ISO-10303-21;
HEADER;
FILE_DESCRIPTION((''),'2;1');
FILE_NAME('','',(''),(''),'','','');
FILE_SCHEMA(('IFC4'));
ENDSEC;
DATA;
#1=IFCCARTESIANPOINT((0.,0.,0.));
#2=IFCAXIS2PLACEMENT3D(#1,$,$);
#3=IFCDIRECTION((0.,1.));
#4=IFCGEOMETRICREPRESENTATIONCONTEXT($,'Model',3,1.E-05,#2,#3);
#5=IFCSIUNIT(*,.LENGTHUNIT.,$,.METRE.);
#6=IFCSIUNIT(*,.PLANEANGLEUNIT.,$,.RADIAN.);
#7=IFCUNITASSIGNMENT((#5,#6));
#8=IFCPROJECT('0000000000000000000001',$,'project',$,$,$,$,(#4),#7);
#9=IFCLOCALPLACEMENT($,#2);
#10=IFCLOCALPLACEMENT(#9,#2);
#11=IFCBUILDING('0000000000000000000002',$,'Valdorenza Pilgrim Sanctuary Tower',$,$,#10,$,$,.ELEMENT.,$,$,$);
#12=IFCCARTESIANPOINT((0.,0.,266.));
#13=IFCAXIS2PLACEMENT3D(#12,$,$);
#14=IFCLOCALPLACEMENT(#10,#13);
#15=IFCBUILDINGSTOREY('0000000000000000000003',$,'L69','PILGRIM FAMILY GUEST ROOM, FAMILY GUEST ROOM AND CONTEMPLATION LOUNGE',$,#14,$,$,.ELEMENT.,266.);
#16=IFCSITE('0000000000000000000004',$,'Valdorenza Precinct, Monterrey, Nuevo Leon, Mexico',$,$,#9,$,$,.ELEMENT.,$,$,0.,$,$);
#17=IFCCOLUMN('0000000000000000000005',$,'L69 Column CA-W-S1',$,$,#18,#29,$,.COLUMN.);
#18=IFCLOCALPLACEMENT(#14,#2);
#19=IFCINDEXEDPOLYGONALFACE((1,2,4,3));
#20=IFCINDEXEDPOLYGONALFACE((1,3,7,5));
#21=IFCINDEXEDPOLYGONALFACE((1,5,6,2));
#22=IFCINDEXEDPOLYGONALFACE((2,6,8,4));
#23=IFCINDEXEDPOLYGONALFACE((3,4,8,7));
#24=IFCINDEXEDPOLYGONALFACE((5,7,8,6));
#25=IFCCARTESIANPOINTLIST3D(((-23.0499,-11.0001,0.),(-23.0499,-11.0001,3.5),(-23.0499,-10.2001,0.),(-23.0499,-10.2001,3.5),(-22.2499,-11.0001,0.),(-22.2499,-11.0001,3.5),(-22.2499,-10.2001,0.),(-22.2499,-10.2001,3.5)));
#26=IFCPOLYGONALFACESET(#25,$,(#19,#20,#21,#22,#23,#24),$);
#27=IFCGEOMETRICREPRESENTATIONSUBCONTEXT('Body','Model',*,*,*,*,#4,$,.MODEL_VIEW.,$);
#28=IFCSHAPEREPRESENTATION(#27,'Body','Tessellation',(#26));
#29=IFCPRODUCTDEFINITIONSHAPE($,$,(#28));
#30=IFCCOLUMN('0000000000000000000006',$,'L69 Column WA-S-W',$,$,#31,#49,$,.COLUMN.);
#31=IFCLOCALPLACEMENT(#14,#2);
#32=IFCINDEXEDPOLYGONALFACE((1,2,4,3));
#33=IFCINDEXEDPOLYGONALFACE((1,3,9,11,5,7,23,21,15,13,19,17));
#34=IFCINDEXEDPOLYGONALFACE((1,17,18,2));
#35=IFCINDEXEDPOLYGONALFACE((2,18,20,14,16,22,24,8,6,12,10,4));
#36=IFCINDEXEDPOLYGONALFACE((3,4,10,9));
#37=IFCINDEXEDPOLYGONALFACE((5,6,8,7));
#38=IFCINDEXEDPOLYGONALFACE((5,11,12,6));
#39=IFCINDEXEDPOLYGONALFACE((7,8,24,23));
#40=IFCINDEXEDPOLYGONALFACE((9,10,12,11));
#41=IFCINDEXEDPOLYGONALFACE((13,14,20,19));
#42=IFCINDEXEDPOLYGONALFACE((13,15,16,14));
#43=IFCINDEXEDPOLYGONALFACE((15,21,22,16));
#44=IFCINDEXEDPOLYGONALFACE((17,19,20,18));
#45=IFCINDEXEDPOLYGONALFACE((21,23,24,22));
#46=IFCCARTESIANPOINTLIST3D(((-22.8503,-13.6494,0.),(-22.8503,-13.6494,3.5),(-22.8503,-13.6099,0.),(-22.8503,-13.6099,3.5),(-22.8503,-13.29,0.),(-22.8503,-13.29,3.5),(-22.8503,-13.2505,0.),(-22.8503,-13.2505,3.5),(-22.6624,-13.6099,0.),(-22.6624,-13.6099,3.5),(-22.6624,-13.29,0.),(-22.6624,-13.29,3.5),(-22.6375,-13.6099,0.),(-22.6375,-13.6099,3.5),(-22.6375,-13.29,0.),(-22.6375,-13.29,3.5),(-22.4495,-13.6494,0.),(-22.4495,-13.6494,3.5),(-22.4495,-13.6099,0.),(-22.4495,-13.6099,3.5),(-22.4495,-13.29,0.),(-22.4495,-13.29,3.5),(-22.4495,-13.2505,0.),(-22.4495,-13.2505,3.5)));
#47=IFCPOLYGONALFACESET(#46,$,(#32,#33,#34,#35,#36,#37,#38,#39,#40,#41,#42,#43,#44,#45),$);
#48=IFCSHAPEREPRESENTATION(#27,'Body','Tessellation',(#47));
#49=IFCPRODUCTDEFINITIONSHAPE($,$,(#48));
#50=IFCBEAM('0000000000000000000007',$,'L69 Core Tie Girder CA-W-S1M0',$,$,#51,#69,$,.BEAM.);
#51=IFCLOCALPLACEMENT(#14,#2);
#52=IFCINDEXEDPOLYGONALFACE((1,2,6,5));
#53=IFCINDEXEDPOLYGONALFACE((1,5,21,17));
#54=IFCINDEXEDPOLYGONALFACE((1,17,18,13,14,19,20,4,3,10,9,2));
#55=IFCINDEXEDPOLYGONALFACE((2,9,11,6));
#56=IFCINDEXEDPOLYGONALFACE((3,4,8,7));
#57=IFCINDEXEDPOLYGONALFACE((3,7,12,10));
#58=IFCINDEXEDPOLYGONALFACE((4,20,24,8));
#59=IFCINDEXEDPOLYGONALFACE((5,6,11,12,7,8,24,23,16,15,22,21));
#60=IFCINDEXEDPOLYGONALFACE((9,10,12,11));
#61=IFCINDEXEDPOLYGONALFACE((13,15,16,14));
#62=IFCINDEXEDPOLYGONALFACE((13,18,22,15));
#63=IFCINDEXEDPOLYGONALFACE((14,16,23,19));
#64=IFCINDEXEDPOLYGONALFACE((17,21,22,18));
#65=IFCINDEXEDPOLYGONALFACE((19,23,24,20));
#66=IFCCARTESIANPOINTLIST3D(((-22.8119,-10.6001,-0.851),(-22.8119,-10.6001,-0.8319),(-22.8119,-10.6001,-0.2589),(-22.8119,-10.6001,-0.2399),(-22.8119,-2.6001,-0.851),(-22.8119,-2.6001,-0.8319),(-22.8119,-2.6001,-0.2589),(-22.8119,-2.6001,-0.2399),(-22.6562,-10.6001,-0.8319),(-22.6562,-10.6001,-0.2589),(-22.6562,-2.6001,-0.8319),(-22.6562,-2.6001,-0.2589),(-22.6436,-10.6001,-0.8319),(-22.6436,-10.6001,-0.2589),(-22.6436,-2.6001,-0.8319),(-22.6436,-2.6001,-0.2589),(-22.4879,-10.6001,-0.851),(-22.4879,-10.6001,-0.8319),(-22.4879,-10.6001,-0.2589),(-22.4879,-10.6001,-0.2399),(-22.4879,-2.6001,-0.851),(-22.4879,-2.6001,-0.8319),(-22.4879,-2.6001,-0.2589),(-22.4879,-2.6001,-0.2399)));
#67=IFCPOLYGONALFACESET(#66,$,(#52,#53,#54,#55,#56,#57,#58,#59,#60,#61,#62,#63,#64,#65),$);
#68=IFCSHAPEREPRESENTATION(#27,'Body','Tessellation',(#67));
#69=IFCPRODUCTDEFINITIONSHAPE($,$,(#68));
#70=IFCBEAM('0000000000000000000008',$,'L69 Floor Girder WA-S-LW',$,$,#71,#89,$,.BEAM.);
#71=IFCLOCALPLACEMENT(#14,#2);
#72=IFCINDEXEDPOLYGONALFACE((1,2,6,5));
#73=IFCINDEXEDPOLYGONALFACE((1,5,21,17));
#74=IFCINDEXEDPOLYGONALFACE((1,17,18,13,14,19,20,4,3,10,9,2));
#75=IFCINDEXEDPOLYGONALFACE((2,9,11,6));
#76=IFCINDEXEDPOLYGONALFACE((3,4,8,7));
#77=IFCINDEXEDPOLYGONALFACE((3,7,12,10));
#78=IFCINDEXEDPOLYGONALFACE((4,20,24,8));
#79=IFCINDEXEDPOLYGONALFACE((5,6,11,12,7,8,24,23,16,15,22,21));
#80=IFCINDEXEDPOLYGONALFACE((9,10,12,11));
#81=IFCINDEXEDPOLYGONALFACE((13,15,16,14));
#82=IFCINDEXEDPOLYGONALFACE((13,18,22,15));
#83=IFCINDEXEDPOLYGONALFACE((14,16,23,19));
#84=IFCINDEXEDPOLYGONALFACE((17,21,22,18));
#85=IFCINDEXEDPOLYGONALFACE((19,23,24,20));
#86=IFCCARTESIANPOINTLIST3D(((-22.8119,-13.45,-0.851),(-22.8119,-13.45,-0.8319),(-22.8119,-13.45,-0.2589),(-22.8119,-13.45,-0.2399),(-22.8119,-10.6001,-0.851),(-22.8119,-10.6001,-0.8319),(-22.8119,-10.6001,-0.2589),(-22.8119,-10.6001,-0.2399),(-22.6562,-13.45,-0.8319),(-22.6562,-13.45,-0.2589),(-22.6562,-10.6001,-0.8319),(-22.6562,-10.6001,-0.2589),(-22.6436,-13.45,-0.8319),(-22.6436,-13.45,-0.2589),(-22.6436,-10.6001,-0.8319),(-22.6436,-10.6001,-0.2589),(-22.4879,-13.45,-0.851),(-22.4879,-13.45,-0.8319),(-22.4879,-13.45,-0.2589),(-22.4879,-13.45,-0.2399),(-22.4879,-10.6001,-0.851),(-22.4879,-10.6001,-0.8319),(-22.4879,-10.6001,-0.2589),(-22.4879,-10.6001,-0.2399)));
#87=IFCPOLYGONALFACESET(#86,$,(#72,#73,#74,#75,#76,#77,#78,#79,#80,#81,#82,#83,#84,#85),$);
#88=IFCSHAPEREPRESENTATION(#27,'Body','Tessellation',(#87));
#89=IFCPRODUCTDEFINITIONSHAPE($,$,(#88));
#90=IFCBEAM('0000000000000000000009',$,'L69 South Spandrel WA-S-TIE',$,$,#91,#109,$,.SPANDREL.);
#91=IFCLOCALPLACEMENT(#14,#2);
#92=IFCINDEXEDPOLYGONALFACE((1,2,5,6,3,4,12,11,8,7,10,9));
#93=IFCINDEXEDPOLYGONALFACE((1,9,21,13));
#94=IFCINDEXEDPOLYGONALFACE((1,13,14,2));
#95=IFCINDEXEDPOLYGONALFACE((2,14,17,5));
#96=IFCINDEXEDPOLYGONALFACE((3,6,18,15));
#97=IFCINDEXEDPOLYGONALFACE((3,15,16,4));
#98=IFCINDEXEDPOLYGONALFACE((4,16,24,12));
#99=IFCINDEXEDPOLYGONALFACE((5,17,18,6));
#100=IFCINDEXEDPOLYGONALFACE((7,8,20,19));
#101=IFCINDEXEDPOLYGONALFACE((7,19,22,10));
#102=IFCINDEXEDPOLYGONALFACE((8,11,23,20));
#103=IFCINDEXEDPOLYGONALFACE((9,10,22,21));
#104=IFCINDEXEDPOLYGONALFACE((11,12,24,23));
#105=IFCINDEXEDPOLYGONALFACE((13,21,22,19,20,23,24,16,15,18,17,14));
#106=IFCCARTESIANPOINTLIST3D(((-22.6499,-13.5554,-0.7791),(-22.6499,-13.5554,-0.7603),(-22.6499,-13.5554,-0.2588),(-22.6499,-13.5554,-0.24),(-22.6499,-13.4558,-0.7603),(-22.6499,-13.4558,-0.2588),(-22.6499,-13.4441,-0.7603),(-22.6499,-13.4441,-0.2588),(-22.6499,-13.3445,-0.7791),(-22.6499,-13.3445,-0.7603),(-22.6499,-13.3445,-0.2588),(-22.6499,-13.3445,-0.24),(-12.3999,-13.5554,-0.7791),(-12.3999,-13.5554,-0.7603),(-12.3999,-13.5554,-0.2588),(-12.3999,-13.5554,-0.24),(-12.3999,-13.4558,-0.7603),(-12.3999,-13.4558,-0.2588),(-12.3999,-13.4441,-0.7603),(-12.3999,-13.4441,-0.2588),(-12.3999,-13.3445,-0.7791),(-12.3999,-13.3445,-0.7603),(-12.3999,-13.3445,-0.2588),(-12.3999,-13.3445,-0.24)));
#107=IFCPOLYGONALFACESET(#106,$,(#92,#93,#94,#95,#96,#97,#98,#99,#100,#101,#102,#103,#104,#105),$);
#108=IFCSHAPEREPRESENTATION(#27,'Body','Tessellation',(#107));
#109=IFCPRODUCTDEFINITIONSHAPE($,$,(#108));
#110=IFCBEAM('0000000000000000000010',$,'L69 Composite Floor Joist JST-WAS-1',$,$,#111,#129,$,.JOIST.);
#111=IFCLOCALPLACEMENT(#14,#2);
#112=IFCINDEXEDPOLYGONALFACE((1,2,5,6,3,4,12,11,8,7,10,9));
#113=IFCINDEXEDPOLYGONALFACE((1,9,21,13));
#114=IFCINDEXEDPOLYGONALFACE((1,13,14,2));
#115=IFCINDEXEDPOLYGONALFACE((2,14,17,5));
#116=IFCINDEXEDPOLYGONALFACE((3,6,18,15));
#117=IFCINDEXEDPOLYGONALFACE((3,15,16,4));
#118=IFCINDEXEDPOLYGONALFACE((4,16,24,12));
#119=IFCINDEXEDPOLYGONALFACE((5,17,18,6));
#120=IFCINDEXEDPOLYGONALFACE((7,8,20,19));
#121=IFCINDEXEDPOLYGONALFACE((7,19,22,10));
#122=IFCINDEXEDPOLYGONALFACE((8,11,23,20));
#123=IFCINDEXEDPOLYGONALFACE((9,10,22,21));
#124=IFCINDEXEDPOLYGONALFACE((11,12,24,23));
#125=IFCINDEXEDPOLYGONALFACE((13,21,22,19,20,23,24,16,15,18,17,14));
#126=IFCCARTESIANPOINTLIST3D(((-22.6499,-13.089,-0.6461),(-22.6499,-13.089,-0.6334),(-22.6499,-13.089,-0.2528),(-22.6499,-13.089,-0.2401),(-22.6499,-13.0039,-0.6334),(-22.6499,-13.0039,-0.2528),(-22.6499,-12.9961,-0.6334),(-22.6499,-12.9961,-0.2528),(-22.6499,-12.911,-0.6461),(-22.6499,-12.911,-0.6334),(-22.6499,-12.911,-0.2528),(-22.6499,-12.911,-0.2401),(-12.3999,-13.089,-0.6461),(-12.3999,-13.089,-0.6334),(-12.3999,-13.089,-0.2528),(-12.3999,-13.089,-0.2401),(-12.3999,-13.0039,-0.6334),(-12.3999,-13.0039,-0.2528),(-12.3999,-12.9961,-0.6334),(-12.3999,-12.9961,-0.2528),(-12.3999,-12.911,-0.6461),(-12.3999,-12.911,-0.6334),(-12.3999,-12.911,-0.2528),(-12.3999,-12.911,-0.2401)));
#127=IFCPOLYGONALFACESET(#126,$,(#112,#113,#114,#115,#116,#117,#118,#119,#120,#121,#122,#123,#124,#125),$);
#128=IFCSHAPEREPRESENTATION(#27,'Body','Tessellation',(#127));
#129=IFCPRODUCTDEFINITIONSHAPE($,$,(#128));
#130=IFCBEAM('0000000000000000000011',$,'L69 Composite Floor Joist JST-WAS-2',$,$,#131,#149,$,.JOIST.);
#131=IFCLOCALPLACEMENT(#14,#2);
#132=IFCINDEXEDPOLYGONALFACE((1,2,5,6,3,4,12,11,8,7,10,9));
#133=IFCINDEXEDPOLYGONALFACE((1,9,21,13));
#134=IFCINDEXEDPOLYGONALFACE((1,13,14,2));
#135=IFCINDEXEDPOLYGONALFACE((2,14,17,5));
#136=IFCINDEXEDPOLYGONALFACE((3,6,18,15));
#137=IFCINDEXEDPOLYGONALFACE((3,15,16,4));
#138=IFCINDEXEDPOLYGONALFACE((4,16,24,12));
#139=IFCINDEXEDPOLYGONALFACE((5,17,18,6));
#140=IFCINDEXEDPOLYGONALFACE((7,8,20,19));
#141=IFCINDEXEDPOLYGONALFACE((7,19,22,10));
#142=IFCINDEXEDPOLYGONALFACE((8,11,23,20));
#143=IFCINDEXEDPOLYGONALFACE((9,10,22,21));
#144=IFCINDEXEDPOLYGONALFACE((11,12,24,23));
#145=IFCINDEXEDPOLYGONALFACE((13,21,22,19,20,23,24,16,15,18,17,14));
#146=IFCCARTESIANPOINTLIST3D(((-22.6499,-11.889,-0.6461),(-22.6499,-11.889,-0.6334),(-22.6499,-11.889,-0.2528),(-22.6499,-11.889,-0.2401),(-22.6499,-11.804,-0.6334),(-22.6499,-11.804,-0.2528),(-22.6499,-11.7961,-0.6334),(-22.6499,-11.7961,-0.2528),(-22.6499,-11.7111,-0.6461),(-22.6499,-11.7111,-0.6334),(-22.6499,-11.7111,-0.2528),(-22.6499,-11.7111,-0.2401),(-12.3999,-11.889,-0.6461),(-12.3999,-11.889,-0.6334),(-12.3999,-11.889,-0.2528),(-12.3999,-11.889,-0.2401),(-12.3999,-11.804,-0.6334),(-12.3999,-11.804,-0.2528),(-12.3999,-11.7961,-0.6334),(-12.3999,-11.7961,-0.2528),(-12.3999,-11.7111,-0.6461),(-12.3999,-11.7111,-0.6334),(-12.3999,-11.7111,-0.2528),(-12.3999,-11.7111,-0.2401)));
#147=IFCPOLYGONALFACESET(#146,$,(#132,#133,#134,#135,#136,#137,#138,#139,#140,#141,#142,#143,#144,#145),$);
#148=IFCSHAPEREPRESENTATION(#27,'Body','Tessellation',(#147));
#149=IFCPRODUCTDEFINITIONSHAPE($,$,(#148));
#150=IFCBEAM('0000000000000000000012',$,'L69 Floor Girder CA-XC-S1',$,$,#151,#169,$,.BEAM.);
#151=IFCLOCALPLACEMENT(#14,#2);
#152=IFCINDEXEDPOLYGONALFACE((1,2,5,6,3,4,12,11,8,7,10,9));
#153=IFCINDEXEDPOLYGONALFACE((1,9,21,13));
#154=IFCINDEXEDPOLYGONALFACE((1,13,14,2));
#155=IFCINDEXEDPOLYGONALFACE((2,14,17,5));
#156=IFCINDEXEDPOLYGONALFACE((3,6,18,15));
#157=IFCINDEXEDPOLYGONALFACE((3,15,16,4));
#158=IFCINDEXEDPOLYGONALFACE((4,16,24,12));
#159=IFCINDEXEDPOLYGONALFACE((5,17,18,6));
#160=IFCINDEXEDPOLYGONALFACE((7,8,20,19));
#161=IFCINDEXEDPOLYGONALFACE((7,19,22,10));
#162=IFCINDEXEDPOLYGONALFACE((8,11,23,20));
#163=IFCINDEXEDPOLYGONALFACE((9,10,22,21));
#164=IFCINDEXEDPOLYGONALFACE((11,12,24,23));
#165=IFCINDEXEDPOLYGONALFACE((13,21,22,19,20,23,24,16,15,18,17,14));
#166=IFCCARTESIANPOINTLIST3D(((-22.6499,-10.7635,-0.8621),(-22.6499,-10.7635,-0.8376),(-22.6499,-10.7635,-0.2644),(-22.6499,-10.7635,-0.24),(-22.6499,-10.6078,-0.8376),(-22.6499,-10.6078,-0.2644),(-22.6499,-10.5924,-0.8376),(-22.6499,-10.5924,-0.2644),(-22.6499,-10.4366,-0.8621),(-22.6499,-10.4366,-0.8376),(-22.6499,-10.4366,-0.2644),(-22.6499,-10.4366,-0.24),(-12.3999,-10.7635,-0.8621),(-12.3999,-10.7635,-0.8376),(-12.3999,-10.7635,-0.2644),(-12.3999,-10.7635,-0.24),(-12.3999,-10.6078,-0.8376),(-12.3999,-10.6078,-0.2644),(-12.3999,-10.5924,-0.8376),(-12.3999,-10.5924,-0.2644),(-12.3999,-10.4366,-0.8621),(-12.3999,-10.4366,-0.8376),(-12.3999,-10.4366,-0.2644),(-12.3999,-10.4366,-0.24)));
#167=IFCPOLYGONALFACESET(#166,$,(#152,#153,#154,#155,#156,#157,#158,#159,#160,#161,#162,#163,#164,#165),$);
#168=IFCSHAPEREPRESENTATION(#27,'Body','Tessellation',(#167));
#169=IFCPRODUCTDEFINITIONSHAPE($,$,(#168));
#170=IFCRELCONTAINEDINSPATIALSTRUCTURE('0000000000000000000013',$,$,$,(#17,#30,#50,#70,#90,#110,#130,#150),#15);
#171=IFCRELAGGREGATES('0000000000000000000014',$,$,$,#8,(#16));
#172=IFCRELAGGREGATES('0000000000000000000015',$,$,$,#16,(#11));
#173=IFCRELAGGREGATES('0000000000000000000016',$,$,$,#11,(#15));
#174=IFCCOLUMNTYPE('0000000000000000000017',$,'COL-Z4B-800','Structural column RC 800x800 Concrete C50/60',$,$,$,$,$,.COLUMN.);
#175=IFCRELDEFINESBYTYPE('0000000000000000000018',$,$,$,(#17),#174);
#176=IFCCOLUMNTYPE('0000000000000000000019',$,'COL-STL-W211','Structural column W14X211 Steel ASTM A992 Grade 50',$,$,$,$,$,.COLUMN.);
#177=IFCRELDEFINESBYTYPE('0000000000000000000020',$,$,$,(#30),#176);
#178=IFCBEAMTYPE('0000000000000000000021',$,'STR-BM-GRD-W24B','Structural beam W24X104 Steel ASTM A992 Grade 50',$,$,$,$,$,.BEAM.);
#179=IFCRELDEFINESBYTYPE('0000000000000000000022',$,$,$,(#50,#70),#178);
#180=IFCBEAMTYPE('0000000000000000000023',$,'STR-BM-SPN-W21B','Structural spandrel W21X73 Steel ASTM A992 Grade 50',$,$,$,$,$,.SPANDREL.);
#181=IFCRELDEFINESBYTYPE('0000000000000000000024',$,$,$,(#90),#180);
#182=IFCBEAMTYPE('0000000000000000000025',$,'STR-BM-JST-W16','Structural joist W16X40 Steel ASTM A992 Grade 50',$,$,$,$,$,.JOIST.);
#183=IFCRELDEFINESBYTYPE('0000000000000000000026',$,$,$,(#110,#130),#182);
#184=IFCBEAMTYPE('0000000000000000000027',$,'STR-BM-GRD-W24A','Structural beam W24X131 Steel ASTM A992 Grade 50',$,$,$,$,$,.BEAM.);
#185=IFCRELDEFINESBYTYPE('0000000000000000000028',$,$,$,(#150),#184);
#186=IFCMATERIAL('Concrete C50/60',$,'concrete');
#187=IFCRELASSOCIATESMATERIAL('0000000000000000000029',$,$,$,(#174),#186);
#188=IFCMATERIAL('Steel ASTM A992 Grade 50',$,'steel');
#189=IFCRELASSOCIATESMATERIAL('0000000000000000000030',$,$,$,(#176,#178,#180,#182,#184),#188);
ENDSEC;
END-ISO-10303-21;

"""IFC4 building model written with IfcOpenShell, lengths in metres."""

from ifc_helpers import new_model, si_unit, direction, frame, origin, origin_2d, place, context, subcontext, project, spatial, rectangle, i_section, extrude, source, transform, mapped, material, material_profile, profile_set, type_object, element, save


model = new_model("IFC4")

# Units and contexts
model_context = context("Model", 3, precision=1e-05, world=origin(), true_north=direction((0.0, 1.0)))
body_context = subcontext(model_context, "Body", "Model", "MODEL_VIEW")
ifc_project = project(units=[si_unit("LENGTHUNIT", "METRE"), si_unit("PLANEANGLEUNIT", "RADIAN")], contexts=[model_context])

# Site, building, storey
site_placement = place(None, origin())
site = spatial("IfcSite", under=ifc_project, at=site_placement, Name="Valdorenza Precinct, Monterrey, Nuevo Leon, Mexico", CompositionType="ELEMENT", RefElevation=0.0)
building_placement = place(site_placement, origin())
building = spatial("IfcBuilding", under=site, at=building_placement, Name="Valdorenza Pilgrim Sanctuary Tower", CompositionType="ELEMENT")
storey_placement = place(building_placement, frame((0.0, 0.0, 266.0)))
storey = spatial("IfcBuildingStorey", under=building, at=storey_placement, Name="L69", Description="PILGRIM FAMILY GUEST ROOM, FAMILY GUEST ROOM AND CONTEMPLATION LOUNGE", CompositionType="ELEMENT", Elevation=266.0)

# Columns
ifc_material_1 = material(Name="Concrete C50/60", Category="concrete")
ifc_material_profile_1 = material_profile(ifc_material_1, rectangle(XDim=0.8, YDim=0.8, at=origin_2d()), Name="RC 800x800")
ifc_profile_set_1 = profile_set([ifc_material_profile_1], Name="Concrete C50/60")
column_type_1 = type_object("IfcColumnType", Name="COL-Z4B-800", Description="Structural column RC 800x800 Concrete C50/60", PredefinedType="COLUMN", material=ifc_profile_set_1)
shared_shape_1 = source(origin(), body_context, "Body", "SweptSolid", [
    extrude(rectangle(XDim=0.8, YDim=0.8, at=origin_2d()), origin(), (0.0, 0.0, 1.0), 3.5),
])
column_1_placement = place(storey_placement, frame((-22.6499, -10.6001, 0.0), z_axis=(0.0, 0.0, 1.0), x_axis=(1.0, 0.0, 0.0)))
element("IfcColumn", 1, at=column_1_placement, inside=storey, type_object=column_type_1, Name="L69 Column CA-W-S1", PredefinedType="COLUMN", context=body_context, shape_type="MappedRepresentation", body=[
    mapped(shared_shape_1, transform((0.0, 0.0, 0.0), x_axis=(1.0, 0.0, 0.0), y_axis=(0.0, 1.0, 0.0), z_axis=(0.0, 0.0, 1.0), scale=1.0)),
])
ifc_material_2 = material(Name="Steel ASTM A992 Grade 50", Category="steel")
ifc_material_profile_2 = material_profile(ifc_material_2, i_section(OverallWidth=0.4009, OverallDepth=0.3989, WebThickness=0.0249, FlangeThickness=0.0396, at=origin_2d()), Name="W14X211")
ifc_profile_set_2 = profile_set([ifc_material_profile_2], Name="Steel ASTM A992 Grade 50")
column_type_2 = type_object("IfcColumnType", Name="COL-STL-W211", Description="Structural column W14X211 Steel ASTM A992 Grade 50", PredefinedType="COLUMN", material=ifc_profile_set_2)
shared_shape_2 = source(origin(), body_context, "Body", "SweptSolid", [
    extrude(i_section(OverallWidth=0.4009, OverallDepth=0.3989, WebThickness=0.0249, FlangeThickness=0.0396, at=origin_2d()), origin(), (0.0, 0.0, 1.0), 3.5),
])
column_2_placement = place(storey_placement, frame((-22.6499, -13.45, 0.0), z_axis=(0.0, 0.0, 1.0), x_axis=(1.0, 0.0, 0.0)))
element("IfcColumn", 2, at=column_2_placement, inside=storey, type_object=column_type_2, Name="L69 Column WA-S-W", PredefinedType="COLUMN", context=body_context, shape_type="MappedRepresentation", body=[
    mapped(shared_shape_2, transform((0.0, 0.0, 0.0), x_axis=(1.0, 0.0, 0.0), y_axis=(0.0, 1.0, 0.0), z_axis=(0.0, 0.0, 1.0), scale=1.0)),
])

# Beams
ifc_material_profile_3 = material_profile(ifc_material_2, i_section(OverallWidth=0.324, OverallDepth=0.6111, WebThickness=0.0127, FlangeThickness=0.019, at=origin_2d()), Name="W24X104")
ifc_profile_set_3 = profile_set([ifc_material_profile_3], Name="Steel ASTM A992 Grade 50")
beam_type_1 = type_object("IfcBeamType", Name="STR-BM-GRD-W24B", Description="Structural beam W24X104 Steel ASTM A992 Grade 50", PredefinedType="BEAM", material=ifc_profile_set_3)
shared_shape_3 = source(origin(), body_context, "Body", "SweptSolid", [
    extrude(i_section(OverallWidth=0.324, OverallDepth=0.6111, WebThickness=0.0127, FlangeThickness=0.019, at=origin_2d()), origin(), (0.0, 0.0, 1.0), 8.0),
])
beam_1_placement = place(storey_placement, frame((-22.6499, -10.6001, -0.5454), z_axis=(0.0, 1.0, 0.0), x_axis=(-1.0, 0.0, 0.0)))
element("IfcBeam", 3, at=beam_1_placement, inside=storey, type_object=beam_type_1, Name="L69 Core Tie Girder CA-W-S1M0", PredefinedType="BEAM", context=body_context, shape_type="MappedRepresentation", body=[
    mapped(shared_shape_3, transform((0.0, 0.0, 0.0), x_axis=(1.0, 0.0, 0.0), y_axis=(0.0, 1.0, 0.0), z_axis=(0.0, 0.0, 1.0), scale=1.0)),
])
shared_shape_4 = source(origin(), body_context, "Body", "SweptSolid", [
    extrude(i_section(OverallWidth=0.324, OverallDepth=0.6111, WebThickness=0.0127, FlangeThickness=0.019, at=origin_2d()), origin(), (0.0, 0.0, 1.0), 2.8499),
])
beam_2_placement = place(storey_placement, frame((-22.6499, -13.45, -0.5454), z_axis=(0.0, 1.0, 0.0), x_axis=(-1.0, 0.0, 0.0)))
element("IfcBeam", 4, at=beam_2_placement, inside=storey, type_object=beam_type_1, Name="L69 Floor Girder WA-S-LW", PredefinedType="BEAM", context=body_context, shape_type="MappedRepresentation", body=[
    mapped(shared_shape_4, transform((0.0, 0.0, 0.0), x_axis=(1.0, 0.0, 0.0), y_axis=(0.0, 1.0, 0.0), z_axis=(0.0, 0.0, 1.0), scale=1.0)),
])
ifc_material_profile_4 = material_profile(ifc_material_2, i_section(OverallWidth=0.2109, OverallDepth=0.5391, WebThickness=0.0117, FlangeThickness=0.0188, at=origin_2d()), Name="W21X73")
ifc_profile_set_4 = profile_set([ifc_material_profile_4], Name="Steel ASTM A992 Grade 50")
beam_type_2 = type_object("IfcBeamType", Name="STR-BM-SPN-W21B", Description="Structural spandrel W21X73 Steel ASTM A992 Grade 50", PredefinedType="SPANDREL", material=ifc_profile_set_4)
shared_shape_5 = source(origin(), body_context, "Body", "SweptSolid", [
    extrude(i_section(OverallWidth=0.2109, OverallDepth=0.5391, WebThickness=0.0117, FlangeThickness=0.0188, at=origin_2d()), origin(), (0.0, 0.0, 1.0), 10.25),
])
beam_3_placement = place(storey_placement, frame((-22.6499, -13.45, -0.5095), z_axis=(1.0, 0.0, 0.0), x_axis=(0.0, 1.0, 0.0)))
element("IfcBeam", 5, at=beam_3_placement, inside=storey, type_object=beam_type_2, Name="L69 South Spandrel WA-S-TIE", PredefinedType="SPANDREL", context=body_context, shape_type="MappedRepresentation", body=[
    mapped(shared_shape_5, transform((0.0, 0.0, 0.0), x_axis=(1.0, 0.0, 0.0), y_axis=(0.0, 1.0, 0.0), z_axis=(0.0, 0.0, 1.0), scale=1.0)),
])
ifc_material_profile_5 = material_profile(ifc_material_2, i_section(OverallWidth=0.178, OverallDepth=0.406, WebThickness=0.0078, FlangeThickness=0.0127, at=origin_2d()), Name="W16X40")
ifc_profile_set_5 = profile_set([ifc_material_profile_5], Name="Steel ASTM A992 Grade 50")
beam_type_3 = type_object("IfcBeamType", Name="STR-BM-JST-W16", Description="Structural joist W16X40 Steel ASTM A992 Grade 50", PredefinedType="JOIST", material=ifc_profile_set_5)
shared_shape_6 = source(origin(), body_context, "Body", "SweptSolid", [
    extrude(i_section(OverallWidth=0.178, OverallDepth=0.406, WebThickness=0.0078, FlangeThickness=0.0127, at=origin_2d()), origin(), (0.0, 0.0, 1.0), 10.25),
])
for number, where, z_axis, x_axis, name in (
    (6, (-22.6499, -13.0, -0.4431), (1.0, 0.0, 0.0), (0.0, 1.0, 0.0), "L69 Composite Floor Joist JST-WAS-1"),
    (7, (-22.6499, -11.8, -0.4431), (1.0, 0.0, 0.0), (0.0, 1.0, 0.0), "L69 Composite Floor Joist JST-WAS-2"),
):
    element("IfcBeam", number, at=place(storey_placement, frame(where, z_axis=z_axis, x_axis=x_axis)), inside=storey, type_object=beam_type_3, Name=name, PredefinedType="JOIST", context=body_context, shape_type="MappedRepresentation", body=[
        mapped(shared_shape_6, transform((0.0, 0.0, 0.0), x_axis=(1.0, 0.0, 0.0), y_axis=(0.0, 1.0, 0.0), z_axis=(0.0, 0.0, 1.0), scale=1.0)),
    ])
ifc_material_profile_6 = material_profile(ifc_material_2, i_section(OverallWidth=0.3269, OverallDepth=0.6221, WebThickness=0.0154, FlangeThickness=0.0244, at=origin_2d()), Name="W24X131")
ifc_profile_set_6 = profile_set([ifc_material_profile_6], Name="Steel ASTM A992 Grade 50")
beam_type_4 = type_object("IfcBeamType", Name="STR-BM-GRD-W24A", Description="Structural beam W24X131 Steel ASTM A992 Grade 50", PredefinedType="BEAM", material=ifc_profile_set_6)
shared_shape_7 = source(origin(), body_context, "Body", "SweptSolid", [
    extrude(i_section(OverallWidth=0.3269, OverallDepth=0.6221, WebThickness=0.0154, FlangeThickness=0.0244, at=origin_2d()), origin(), (0.0, 0.0, 1.0), 10.25),
])
beam_4_placement = place(storey_placement, frame((-22.6499, -10.6001, -0.551), z_axis=(1.0, 0.0, 0.0), x_axis=(0.0, 1.0, 0.0)))
element("IfcBeam", 8, at=beam_4_placement, inside=storey, type_object=beam_type_4, Name="L69 Floor Girder CA-XC-S1", PredefinedType="BEAM", context=body_context, shape_type="MappedRepresentation", body=[
    mapped(shared_shape_7, transform((0.0, 0.0, 0.0), x_axis=(1.0, 0.0, 0.0), y_axis=(0.0, 1.0, 0.0), z_axis=(0.0, 0.0, 1.0), scale=1.0)),
])

save(model, "model.ifc")
